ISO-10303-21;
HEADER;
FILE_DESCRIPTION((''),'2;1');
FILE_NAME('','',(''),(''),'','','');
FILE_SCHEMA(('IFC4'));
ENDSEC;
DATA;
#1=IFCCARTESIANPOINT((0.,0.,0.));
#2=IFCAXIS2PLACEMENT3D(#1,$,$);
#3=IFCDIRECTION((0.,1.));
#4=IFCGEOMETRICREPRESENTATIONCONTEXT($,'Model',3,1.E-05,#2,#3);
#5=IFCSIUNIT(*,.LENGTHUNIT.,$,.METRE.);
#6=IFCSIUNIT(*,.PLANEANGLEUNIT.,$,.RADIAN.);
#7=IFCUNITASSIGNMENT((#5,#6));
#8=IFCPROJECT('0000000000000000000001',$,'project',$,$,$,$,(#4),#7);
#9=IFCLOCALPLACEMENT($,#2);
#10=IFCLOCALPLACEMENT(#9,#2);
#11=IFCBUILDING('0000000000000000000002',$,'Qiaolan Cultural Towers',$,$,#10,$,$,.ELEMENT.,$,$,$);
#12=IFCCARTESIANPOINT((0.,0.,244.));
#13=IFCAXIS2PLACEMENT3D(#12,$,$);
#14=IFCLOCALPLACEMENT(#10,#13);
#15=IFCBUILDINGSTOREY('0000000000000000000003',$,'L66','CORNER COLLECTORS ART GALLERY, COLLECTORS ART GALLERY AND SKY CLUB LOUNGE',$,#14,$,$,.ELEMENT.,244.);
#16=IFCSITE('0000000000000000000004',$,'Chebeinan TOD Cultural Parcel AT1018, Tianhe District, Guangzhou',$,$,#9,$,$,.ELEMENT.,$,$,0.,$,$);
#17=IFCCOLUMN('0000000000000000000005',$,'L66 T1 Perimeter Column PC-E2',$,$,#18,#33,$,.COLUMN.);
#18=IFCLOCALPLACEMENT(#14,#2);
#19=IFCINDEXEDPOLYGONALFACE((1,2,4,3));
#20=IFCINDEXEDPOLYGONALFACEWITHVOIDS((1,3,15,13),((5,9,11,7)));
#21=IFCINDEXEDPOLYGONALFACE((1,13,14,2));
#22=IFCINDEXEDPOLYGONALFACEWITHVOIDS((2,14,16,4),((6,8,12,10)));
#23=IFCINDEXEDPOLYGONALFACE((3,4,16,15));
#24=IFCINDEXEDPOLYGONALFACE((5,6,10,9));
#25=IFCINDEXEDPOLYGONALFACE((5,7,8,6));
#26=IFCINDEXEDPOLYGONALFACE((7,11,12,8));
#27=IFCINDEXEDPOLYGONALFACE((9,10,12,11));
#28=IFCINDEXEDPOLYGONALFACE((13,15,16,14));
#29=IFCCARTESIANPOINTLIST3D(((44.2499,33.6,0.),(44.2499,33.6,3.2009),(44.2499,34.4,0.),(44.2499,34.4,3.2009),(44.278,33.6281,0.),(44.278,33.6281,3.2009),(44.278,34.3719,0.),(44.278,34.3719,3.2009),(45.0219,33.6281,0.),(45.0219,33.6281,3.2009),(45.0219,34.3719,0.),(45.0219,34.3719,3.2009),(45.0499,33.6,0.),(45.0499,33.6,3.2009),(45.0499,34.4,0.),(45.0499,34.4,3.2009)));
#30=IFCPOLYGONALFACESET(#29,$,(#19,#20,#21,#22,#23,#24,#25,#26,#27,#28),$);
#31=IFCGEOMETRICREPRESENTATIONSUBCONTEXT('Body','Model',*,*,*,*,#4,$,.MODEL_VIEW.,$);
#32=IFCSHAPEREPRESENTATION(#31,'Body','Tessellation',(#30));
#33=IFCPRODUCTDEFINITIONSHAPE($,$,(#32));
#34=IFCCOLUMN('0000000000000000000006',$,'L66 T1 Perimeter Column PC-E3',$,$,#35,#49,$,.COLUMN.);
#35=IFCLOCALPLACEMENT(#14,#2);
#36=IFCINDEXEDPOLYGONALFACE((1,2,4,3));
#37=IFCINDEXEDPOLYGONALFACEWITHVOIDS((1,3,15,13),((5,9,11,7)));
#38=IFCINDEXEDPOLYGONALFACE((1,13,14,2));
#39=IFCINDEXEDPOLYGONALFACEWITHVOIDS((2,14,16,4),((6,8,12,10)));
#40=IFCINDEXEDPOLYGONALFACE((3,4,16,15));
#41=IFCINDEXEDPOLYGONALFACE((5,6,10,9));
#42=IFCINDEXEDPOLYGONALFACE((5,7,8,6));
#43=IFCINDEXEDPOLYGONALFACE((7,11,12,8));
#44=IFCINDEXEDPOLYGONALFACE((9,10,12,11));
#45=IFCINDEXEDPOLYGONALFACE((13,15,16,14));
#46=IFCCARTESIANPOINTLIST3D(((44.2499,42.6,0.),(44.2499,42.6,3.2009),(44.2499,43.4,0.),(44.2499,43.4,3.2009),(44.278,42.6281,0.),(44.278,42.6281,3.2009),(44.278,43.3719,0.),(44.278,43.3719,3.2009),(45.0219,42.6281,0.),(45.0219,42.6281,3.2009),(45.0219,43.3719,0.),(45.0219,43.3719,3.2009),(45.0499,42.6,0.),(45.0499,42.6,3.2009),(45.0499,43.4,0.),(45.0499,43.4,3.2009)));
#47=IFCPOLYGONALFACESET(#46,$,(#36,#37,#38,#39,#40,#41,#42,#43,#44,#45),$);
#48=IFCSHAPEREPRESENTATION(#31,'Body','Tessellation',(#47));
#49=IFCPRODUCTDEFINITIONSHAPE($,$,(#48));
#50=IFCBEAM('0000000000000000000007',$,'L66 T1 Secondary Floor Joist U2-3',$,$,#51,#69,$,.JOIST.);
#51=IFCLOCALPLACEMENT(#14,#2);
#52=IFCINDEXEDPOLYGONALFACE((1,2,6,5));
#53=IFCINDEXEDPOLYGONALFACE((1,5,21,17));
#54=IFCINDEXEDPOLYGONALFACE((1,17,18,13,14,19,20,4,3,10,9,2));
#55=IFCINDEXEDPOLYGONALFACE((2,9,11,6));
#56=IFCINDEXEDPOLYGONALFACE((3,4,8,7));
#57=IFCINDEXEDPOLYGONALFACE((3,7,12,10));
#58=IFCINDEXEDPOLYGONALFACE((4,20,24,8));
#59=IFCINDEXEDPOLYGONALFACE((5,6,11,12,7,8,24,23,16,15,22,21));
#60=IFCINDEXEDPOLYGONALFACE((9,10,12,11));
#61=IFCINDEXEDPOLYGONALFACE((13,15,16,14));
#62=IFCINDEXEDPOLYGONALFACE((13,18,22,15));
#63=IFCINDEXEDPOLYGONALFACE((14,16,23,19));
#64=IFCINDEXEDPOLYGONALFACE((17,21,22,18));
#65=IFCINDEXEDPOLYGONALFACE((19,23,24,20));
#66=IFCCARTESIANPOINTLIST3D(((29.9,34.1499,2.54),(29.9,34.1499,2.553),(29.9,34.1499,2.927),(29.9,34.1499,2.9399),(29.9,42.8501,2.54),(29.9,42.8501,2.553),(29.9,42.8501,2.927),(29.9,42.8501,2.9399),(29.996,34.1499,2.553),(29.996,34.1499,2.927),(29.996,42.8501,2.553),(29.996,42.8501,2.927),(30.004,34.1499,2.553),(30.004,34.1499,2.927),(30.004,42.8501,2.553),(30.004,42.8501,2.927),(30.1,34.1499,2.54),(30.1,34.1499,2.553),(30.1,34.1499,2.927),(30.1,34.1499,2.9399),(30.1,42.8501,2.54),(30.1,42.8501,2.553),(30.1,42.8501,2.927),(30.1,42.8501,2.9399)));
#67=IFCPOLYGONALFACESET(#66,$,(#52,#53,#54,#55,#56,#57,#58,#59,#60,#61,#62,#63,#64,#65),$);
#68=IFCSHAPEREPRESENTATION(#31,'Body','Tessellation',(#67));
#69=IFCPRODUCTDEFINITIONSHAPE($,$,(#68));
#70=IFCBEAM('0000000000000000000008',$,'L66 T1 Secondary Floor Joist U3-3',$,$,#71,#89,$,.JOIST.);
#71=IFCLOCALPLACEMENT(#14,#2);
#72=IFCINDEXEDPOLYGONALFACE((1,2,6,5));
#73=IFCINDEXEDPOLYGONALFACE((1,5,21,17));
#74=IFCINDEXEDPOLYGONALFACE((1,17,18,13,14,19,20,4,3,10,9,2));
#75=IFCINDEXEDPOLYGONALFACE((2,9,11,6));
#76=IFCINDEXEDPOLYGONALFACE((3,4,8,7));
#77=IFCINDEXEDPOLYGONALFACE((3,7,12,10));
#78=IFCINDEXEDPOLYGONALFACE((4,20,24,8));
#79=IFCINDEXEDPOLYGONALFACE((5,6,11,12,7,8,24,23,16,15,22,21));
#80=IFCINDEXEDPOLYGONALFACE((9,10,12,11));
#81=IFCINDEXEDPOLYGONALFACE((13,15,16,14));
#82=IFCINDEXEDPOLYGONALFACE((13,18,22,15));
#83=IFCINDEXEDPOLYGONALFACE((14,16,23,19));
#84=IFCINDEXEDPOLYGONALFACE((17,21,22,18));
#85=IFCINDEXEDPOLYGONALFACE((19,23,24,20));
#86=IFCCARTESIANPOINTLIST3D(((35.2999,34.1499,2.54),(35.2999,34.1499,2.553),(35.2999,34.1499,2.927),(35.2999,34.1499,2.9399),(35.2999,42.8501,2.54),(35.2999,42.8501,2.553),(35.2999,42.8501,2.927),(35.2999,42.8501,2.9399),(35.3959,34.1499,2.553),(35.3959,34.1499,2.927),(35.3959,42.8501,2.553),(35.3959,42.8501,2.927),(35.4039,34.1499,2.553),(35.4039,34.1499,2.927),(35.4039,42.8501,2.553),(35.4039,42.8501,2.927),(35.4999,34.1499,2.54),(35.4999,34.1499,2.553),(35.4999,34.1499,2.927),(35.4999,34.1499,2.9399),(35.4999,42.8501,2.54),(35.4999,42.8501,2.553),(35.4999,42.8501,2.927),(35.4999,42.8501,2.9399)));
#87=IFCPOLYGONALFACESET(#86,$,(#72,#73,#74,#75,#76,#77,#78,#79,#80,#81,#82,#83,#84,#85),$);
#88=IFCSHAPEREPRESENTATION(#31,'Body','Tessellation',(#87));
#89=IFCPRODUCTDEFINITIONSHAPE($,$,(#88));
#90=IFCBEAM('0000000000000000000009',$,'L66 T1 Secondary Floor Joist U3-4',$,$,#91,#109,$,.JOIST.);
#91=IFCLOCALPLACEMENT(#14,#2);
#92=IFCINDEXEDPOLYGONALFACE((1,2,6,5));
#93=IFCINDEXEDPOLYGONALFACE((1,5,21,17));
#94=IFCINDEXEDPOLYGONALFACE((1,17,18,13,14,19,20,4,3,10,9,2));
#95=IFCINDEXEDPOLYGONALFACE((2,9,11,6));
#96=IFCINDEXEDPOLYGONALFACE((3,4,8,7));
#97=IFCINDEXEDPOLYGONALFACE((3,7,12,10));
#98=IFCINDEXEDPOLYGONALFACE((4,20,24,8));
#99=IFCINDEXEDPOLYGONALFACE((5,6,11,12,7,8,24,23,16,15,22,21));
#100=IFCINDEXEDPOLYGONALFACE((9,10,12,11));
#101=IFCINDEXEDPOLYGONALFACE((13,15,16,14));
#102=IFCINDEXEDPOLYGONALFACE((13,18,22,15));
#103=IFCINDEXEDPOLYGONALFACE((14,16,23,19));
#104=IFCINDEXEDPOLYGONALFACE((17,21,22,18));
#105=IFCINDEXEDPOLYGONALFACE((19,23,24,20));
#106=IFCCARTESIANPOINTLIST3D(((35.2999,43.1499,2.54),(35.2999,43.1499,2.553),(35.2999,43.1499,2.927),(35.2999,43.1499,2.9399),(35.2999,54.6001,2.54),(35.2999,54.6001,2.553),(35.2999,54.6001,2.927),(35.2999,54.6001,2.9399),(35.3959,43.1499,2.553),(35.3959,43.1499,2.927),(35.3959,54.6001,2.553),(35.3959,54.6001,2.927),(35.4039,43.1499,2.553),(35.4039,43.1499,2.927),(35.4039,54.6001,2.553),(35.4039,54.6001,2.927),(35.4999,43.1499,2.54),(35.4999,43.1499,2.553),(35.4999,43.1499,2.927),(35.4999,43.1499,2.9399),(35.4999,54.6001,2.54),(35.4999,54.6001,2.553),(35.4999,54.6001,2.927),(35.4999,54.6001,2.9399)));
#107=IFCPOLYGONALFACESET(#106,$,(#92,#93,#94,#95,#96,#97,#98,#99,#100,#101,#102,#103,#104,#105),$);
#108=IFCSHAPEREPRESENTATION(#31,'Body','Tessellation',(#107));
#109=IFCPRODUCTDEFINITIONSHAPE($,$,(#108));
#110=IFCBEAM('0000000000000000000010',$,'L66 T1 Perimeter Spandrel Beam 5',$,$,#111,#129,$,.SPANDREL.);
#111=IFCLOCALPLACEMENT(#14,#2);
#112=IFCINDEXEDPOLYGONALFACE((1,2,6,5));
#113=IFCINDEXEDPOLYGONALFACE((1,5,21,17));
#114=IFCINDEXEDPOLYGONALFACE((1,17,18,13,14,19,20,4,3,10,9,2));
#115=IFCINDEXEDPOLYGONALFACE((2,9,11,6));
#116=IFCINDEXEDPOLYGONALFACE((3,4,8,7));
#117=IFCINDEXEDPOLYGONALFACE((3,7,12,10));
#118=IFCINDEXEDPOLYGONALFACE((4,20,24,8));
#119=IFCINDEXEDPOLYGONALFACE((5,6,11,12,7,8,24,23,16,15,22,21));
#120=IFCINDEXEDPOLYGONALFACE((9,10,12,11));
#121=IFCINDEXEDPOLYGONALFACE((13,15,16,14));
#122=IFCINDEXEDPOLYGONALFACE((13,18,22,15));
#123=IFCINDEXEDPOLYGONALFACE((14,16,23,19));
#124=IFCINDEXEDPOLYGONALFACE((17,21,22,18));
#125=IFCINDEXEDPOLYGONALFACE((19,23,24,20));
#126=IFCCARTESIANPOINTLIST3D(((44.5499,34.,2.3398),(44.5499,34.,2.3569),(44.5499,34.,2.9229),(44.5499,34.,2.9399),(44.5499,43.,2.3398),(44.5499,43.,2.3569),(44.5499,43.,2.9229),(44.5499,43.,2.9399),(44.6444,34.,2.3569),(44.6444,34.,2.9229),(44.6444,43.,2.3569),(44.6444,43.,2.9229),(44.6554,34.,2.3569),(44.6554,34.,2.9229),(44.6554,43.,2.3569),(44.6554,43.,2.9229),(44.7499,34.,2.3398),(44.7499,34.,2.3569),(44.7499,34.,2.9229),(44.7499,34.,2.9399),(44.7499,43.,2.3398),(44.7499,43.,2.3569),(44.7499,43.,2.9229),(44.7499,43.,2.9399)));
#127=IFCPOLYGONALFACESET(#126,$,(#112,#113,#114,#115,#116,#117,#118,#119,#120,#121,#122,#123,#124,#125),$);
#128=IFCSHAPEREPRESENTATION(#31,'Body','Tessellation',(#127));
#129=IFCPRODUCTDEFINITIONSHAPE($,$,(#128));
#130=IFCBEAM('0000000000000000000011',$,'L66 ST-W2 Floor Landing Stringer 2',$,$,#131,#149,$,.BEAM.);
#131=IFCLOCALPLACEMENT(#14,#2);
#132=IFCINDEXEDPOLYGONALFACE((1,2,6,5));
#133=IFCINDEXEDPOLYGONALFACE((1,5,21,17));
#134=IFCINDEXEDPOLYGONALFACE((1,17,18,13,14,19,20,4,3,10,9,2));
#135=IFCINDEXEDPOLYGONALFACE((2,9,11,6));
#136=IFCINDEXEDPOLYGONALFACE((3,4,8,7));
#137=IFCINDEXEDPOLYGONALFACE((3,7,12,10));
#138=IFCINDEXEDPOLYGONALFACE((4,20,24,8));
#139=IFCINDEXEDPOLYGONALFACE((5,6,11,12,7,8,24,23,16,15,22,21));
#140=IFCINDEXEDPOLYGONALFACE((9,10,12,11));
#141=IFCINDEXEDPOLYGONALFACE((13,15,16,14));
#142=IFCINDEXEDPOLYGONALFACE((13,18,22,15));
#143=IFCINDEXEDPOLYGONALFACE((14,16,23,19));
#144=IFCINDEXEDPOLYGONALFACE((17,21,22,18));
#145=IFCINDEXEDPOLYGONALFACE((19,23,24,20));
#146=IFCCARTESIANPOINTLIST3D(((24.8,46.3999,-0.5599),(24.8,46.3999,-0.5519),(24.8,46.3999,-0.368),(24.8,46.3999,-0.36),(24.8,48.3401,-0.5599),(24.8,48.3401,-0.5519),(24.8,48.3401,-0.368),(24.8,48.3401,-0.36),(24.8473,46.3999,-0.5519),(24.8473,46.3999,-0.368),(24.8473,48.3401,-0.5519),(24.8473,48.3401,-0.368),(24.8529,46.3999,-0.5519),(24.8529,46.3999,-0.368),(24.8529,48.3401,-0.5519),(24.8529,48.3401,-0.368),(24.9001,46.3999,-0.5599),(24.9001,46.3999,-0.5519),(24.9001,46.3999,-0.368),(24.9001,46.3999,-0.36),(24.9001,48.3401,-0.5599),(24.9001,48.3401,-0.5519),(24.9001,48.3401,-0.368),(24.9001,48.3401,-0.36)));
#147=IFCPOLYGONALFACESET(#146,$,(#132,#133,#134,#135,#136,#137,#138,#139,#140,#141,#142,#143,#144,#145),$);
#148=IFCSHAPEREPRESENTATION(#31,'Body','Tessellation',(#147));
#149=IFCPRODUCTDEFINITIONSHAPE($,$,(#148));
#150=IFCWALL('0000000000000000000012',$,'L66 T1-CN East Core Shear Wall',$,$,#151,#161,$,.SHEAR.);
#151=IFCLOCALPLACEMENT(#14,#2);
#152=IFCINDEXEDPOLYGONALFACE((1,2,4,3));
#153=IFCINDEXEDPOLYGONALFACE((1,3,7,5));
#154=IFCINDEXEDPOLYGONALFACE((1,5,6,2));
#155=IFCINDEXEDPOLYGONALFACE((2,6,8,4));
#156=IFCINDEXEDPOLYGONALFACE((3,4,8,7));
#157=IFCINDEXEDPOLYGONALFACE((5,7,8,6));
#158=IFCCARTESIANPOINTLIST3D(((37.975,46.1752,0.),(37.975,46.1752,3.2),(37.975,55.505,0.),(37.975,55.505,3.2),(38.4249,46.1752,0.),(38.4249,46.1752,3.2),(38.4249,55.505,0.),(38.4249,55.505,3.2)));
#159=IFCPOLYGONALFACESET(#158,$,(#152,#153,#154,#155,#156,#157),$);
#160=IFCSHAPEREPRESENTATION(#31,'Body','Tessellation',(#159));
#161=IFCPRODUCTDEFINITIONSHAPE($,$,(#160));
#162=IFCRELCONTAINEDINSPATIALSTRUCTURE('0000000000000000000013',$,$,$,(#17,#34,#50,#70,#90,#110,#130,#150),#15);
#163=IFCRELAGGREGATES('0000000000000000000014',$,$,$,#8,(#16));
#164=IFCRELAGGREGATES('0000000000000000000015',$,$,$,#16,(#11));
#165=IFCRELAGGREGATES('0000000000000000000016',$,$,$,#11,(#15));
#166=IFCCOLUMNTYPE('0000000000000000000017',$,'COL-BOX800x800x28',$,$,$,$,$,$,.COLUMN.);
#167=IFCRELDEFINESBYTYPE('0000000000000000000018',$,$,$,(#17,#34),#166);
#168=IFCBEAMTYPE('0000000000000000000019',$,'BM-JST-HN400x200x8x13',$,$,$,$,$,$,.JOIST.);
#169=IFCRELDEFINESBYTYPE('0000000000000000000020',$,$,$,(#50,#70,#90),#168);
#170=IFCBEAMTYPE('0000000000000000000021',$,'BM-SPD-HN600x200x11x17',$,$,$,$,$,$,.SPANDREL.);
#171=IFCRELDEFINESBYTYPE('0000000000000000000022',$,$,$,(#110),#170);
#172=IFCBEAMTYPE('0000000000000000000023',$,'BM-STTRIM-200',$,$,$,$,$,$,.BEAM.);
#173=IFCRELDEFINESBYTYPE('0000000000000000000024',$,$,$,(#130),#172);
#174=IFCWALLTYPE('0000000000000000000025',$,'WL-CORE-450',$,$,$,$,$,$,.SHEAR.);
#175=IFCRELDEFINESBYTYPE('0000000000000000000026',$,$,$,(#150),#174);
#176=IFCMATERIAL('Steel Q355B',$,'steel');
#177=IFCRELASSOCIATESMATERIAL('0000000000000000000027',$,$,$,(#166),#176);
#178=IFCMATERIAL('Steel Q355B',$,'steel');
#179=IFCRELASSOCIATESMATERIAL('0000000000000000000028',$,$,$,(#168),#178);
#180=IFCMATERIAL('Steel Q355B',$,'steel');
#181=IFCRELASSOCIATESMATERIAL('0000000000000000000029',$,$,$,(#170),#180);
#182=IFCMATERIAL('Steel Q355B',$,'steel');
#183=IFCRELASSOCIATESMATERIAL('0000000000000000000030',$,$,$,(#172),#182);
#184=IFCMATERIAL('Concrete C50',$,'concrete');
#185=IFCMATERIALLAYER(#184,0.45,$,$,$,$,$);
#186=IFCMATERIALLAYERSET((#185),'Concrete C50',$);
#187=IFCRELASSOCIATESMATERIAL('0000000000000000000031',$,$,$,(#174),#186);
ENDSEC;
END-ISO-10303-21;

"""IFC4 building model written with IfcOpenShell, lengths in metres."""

from ifc_helpers import new_model, si_unit, direction, frame, frame_2d, origin, origin_2d, place, context, subcontext, project, spatial, rectangle, hollow_rectangle, i_section, extrude, material, layer, layer_set, material_profile, profile_set, type_object, element, save


model = new_model("IFC4")

# Units and contexts
model_context = context("Model", 3, precision=1e-05, world=origin(), true_north=direction((0.0, 1.0)))
body_context = subcontext(model_context, "Body", "Model", "MODEL_VIEW")
ifc_project = project(units=[si_unit("LENGTHUNIT", "METRE"), si_unit("PLANEANGLEUNIT", "RADIAN")], contexts=[model_context])

# Site, building, storey
site_placement = place(None, origin())
site = spatial("IfcSite", under=ifc_project, at=site_placement, Name="Chebeinan TOD Cultural Parcel AT1018, Tianhe District, Guangzhou", CompositionType="ELEMENT", RefElevation=0.0)
building_placement = place(site_placement, origin())
building = spatial("IfcBuilding", under=site, at=building_placement, Name="Qiaolan Cultural Towers", CompositionType="ELEMENT")
storey_placement = place(building_placement, frame((0.0, 0.0, 244.0)))
storey = spatial("IfcBuildingStorey", under=building, at=storey_placement, Name="L66", Description="CORNER COLLECTORS ART GALLERY, COLLECTORS ART GALLERY AND SKY CLUB LOUNGE", CompositionType="ELEMENT", Elevation=244.0)

# Columns
ifc_material_1 = material(Name="Steel Q355B", Category="steel")
ifc_material_profile_1 = material_profile(ifc_material_1, hollow_rectangle(XDim=0.8, YDim=0.8, WallThickness=0.0281, at=origin_2d()), Name="BOX800x800x28")
ifc_profile_set_1 = profile_set([ifc_material_profile_1], Name="Steel Q355B")
column_type = type_object("IfcColumnType", Name="COL-BOX800x800x28", PredefinedType="COLUMN", material=ifc_profile_set_1)
for number, where, z_axis, x_axis, name in (
    (1, (44.6499, 34.0, 0.0), (0.0, 0.0, 1.0), (1.0, 0.0, 0.0), "L66 T1 Perimeter Column PC-E2"),
    (2, (44.6499, 43.0, 0.0), (0.0, 0.0, 1.0), (1.0, 0.0, 0.0), "L66 T1 Perimeter Column PC-E3"),
):
    element("IfcColumn", number, at=place(storey_placement, frame(where, z_axis=z_axis, x_axis=x_axis)), inside=storey, type_object=column_type, Name=name, PredefinedType="COLUMN", context=body_context, shape_type="SweptSolid", body=[
        extrude(hollow_rectangle(XDim=0.8, YDim=0.8, WallThickness=0.0281, at=origin_2d()), origin(), (0.0, 0.0, 1.0), 3.2009),
    ])

# Beams
ifc_material_2 = material(Name="Steel Q355B", Category="steel")
ifc_material_profile_2 = material_profile(ifc_material_2, i_section(OverallWidth=0.2, OverallDepth=0.3999, WebThickness=0.0081, FlangeThickness=0.0129, at=origin_2d()), Name="HN400x200x8x13")
ifc_profile_set_2 = profile_set([ifc_material_profile_2], Name="Steel Q355B")
beam_type_1 = type_object("IfcBeamType", Name="BM-JST-HN400x200x8x13", PredefinedType="JOIST", material=ifc_profile_set_2)
for number, where, z_axis, x_axis, name in (
    (3, (30.0, 34.1499, 2.74), (0.0, 1.0, 0.0), (-1.0, 0.0, 0.0), "L66 T1 Secondary Floor Joist U2-3"),
    (4, (35.3999, 34.1499, 2.74), (0.0, 1.0, 0.0), (-1.0, 0.0, 0.0), "L66 T1 Secondary Floor Joist U3-3"),
):
    element("IfcBeam", number, at=place(storey_placement, frame(where, z_axis=z_axis, x_axis=x_axis)), inside=storey, type_object=beam_type_1, Name=name, PredefinedType="JOIST", context=body_context, shape_type="SweptSolid", body=[
        extrude(i_section(OverallWidth=0.2, OverallDepth=0.3999, WebThickness=0.0081, FlangeThickness=0.0129, at=origin_2d()), origin(), (0.0, 0.0, 1.0), 8.7002),
    ])
beam_1_placement = place(storey_placement, frame((35.3999, 43.1499, 2.74), z_axis=(0.0, 1.0, 0.0), x_axis=(-1.0, 0.0, 0.0)))
element("IfcBeam", 5, at=beam_1_placement, inside=storey, type_object=beam_type_1, Name="L66 T1 Secondary Floor Joist U3-4", PredefinedType="JOIST", context=body_context, shape_type="SweptSolid", body=[
    extrude(i_section(OverallWidth=0.2, OverallDepth=0.3999, WebThickness=0.0081, FlangeThickness=0.0129, at=origin_2d()), origin(), (0.0, 0.0, 1.0), 11.4502),
])
ifc_material_3 = material(Name="Steel Q355B", Category="steel")
ifc_material_profile_3 = material_profile(ifc_material_3, i_section(OverallWidth=0.2, OverallDepth=0.6001, WebThickness=0.011, FlangeThickness=0.0171, at=origin_2d()), Name="HN600x200x11x17")
ifc_profile_set_3 = profile_set([ifc_material_profile_3], Name="Steel Q355B")
beam_type_2 = type_object("IfcBeamType", Name="BM-SPD-HN600x200x11x17", PredefinedType="SPANDREL", material=ifc_profile_set_3)
beam_2_placement = place(storey_placement, frame((44.6499, 34.0, 2.6399), z_axis=(0.0, 1.0, 0.0), x_axis=(-1.0, 0.0, 0.0)))
element("IfcBeam", 6, at=beam_2_placement, inside=storey, type_object=beam_type_2, Name="L66 T1 Perimeter Spandrel Beam 5", PredefinedType="SPANDREL", context=body_context, shape_type="SweptSolid", body=[
    extrude(i_section(OverallWidth=0.2, OverallDepth=0.6001, WebThickness=0.011, FlangeThickness=0.0171, at=origin_2d()), origin(), (0.0, 0.0, 1.0), 9.0),
])
ifc_material_4 = material(Name="Steel Q355B", Category="steel")
ifc_material_profile_4 = material_profile(ifc_material_4, i_section(OverallWidth=0.1001, OverallDepth=0.2, WebThickness=0.0056, FlangeThickness=0.0081, at=origin_2d()), Name="HN200x100x5.5x8")
ifc_profile_set_4 = profile_set([ifc_material_profile_4], Name="Steel Q355B")
beam_type_3 = type_object("IfcBeamType", Name="BM-STTRIM-200", PredefinedType="BEAM", material=ifc_profile_set_4)
beam_3_placement = place(storey_placement, frame((24.8501, 46.3999, -0.46), z_axis=(0.0, 1.0, 0.0), x_axis=(-1.0, 0.0, 0.0)))
element("IfcBeam", 7, at=beam_3_placement, inside=storey, type_object=beam_type_3, Name="L66 ST-W2 Floor Landing Stringer 2", PredefinedType="BEAM", context=body_context, shape_type="SweptSolid", body=[
    extrude(i_section(OverallWidth=0.1001, OverallDepth=0.2, WebThickness=0.0056, FlangeThickness=0.0081, at=origin_2d()), origin(), (0.0, 0.0, 1.0), 1.9402),
])

# Wall
ifc_material_5 = material(Name="Concrete C50", Category="concrete")
ifc_layer_1 = layer(ifc_material_5, 0.45)
ifc_layer_set_1 = layer_set([ifc_layer_1], Name="Concrete C50")
wall_type_1 = type_object("IfcWallType", Name="WL-CORE-450", PredefinedType="SHEAR", material=ifc_layer_set_1)
wall_1_placement = place(storey_placement, frame((38.2, 46.175, 0.0), z_axis=(0.0, 0.0, 1.0), x_axis=(0.0, 1.0, 0.0)))
element("IfcWall", 8, at=wall_1_placement, inside=storey, type_object=wall_type_1, Name="L66 T1-CN East Core Shear Wall", PredefinedType="SHEAR", context=body_context, shape_type="SweptSolid", body=[
    extrude(rectangle(XDim=9.3298, YDim=0.45, at=frame_2d((4.665, 0.0))), origin(), (0.0, 0.0, 1.0), 3.2),
])

save(model, "model.ifc")
